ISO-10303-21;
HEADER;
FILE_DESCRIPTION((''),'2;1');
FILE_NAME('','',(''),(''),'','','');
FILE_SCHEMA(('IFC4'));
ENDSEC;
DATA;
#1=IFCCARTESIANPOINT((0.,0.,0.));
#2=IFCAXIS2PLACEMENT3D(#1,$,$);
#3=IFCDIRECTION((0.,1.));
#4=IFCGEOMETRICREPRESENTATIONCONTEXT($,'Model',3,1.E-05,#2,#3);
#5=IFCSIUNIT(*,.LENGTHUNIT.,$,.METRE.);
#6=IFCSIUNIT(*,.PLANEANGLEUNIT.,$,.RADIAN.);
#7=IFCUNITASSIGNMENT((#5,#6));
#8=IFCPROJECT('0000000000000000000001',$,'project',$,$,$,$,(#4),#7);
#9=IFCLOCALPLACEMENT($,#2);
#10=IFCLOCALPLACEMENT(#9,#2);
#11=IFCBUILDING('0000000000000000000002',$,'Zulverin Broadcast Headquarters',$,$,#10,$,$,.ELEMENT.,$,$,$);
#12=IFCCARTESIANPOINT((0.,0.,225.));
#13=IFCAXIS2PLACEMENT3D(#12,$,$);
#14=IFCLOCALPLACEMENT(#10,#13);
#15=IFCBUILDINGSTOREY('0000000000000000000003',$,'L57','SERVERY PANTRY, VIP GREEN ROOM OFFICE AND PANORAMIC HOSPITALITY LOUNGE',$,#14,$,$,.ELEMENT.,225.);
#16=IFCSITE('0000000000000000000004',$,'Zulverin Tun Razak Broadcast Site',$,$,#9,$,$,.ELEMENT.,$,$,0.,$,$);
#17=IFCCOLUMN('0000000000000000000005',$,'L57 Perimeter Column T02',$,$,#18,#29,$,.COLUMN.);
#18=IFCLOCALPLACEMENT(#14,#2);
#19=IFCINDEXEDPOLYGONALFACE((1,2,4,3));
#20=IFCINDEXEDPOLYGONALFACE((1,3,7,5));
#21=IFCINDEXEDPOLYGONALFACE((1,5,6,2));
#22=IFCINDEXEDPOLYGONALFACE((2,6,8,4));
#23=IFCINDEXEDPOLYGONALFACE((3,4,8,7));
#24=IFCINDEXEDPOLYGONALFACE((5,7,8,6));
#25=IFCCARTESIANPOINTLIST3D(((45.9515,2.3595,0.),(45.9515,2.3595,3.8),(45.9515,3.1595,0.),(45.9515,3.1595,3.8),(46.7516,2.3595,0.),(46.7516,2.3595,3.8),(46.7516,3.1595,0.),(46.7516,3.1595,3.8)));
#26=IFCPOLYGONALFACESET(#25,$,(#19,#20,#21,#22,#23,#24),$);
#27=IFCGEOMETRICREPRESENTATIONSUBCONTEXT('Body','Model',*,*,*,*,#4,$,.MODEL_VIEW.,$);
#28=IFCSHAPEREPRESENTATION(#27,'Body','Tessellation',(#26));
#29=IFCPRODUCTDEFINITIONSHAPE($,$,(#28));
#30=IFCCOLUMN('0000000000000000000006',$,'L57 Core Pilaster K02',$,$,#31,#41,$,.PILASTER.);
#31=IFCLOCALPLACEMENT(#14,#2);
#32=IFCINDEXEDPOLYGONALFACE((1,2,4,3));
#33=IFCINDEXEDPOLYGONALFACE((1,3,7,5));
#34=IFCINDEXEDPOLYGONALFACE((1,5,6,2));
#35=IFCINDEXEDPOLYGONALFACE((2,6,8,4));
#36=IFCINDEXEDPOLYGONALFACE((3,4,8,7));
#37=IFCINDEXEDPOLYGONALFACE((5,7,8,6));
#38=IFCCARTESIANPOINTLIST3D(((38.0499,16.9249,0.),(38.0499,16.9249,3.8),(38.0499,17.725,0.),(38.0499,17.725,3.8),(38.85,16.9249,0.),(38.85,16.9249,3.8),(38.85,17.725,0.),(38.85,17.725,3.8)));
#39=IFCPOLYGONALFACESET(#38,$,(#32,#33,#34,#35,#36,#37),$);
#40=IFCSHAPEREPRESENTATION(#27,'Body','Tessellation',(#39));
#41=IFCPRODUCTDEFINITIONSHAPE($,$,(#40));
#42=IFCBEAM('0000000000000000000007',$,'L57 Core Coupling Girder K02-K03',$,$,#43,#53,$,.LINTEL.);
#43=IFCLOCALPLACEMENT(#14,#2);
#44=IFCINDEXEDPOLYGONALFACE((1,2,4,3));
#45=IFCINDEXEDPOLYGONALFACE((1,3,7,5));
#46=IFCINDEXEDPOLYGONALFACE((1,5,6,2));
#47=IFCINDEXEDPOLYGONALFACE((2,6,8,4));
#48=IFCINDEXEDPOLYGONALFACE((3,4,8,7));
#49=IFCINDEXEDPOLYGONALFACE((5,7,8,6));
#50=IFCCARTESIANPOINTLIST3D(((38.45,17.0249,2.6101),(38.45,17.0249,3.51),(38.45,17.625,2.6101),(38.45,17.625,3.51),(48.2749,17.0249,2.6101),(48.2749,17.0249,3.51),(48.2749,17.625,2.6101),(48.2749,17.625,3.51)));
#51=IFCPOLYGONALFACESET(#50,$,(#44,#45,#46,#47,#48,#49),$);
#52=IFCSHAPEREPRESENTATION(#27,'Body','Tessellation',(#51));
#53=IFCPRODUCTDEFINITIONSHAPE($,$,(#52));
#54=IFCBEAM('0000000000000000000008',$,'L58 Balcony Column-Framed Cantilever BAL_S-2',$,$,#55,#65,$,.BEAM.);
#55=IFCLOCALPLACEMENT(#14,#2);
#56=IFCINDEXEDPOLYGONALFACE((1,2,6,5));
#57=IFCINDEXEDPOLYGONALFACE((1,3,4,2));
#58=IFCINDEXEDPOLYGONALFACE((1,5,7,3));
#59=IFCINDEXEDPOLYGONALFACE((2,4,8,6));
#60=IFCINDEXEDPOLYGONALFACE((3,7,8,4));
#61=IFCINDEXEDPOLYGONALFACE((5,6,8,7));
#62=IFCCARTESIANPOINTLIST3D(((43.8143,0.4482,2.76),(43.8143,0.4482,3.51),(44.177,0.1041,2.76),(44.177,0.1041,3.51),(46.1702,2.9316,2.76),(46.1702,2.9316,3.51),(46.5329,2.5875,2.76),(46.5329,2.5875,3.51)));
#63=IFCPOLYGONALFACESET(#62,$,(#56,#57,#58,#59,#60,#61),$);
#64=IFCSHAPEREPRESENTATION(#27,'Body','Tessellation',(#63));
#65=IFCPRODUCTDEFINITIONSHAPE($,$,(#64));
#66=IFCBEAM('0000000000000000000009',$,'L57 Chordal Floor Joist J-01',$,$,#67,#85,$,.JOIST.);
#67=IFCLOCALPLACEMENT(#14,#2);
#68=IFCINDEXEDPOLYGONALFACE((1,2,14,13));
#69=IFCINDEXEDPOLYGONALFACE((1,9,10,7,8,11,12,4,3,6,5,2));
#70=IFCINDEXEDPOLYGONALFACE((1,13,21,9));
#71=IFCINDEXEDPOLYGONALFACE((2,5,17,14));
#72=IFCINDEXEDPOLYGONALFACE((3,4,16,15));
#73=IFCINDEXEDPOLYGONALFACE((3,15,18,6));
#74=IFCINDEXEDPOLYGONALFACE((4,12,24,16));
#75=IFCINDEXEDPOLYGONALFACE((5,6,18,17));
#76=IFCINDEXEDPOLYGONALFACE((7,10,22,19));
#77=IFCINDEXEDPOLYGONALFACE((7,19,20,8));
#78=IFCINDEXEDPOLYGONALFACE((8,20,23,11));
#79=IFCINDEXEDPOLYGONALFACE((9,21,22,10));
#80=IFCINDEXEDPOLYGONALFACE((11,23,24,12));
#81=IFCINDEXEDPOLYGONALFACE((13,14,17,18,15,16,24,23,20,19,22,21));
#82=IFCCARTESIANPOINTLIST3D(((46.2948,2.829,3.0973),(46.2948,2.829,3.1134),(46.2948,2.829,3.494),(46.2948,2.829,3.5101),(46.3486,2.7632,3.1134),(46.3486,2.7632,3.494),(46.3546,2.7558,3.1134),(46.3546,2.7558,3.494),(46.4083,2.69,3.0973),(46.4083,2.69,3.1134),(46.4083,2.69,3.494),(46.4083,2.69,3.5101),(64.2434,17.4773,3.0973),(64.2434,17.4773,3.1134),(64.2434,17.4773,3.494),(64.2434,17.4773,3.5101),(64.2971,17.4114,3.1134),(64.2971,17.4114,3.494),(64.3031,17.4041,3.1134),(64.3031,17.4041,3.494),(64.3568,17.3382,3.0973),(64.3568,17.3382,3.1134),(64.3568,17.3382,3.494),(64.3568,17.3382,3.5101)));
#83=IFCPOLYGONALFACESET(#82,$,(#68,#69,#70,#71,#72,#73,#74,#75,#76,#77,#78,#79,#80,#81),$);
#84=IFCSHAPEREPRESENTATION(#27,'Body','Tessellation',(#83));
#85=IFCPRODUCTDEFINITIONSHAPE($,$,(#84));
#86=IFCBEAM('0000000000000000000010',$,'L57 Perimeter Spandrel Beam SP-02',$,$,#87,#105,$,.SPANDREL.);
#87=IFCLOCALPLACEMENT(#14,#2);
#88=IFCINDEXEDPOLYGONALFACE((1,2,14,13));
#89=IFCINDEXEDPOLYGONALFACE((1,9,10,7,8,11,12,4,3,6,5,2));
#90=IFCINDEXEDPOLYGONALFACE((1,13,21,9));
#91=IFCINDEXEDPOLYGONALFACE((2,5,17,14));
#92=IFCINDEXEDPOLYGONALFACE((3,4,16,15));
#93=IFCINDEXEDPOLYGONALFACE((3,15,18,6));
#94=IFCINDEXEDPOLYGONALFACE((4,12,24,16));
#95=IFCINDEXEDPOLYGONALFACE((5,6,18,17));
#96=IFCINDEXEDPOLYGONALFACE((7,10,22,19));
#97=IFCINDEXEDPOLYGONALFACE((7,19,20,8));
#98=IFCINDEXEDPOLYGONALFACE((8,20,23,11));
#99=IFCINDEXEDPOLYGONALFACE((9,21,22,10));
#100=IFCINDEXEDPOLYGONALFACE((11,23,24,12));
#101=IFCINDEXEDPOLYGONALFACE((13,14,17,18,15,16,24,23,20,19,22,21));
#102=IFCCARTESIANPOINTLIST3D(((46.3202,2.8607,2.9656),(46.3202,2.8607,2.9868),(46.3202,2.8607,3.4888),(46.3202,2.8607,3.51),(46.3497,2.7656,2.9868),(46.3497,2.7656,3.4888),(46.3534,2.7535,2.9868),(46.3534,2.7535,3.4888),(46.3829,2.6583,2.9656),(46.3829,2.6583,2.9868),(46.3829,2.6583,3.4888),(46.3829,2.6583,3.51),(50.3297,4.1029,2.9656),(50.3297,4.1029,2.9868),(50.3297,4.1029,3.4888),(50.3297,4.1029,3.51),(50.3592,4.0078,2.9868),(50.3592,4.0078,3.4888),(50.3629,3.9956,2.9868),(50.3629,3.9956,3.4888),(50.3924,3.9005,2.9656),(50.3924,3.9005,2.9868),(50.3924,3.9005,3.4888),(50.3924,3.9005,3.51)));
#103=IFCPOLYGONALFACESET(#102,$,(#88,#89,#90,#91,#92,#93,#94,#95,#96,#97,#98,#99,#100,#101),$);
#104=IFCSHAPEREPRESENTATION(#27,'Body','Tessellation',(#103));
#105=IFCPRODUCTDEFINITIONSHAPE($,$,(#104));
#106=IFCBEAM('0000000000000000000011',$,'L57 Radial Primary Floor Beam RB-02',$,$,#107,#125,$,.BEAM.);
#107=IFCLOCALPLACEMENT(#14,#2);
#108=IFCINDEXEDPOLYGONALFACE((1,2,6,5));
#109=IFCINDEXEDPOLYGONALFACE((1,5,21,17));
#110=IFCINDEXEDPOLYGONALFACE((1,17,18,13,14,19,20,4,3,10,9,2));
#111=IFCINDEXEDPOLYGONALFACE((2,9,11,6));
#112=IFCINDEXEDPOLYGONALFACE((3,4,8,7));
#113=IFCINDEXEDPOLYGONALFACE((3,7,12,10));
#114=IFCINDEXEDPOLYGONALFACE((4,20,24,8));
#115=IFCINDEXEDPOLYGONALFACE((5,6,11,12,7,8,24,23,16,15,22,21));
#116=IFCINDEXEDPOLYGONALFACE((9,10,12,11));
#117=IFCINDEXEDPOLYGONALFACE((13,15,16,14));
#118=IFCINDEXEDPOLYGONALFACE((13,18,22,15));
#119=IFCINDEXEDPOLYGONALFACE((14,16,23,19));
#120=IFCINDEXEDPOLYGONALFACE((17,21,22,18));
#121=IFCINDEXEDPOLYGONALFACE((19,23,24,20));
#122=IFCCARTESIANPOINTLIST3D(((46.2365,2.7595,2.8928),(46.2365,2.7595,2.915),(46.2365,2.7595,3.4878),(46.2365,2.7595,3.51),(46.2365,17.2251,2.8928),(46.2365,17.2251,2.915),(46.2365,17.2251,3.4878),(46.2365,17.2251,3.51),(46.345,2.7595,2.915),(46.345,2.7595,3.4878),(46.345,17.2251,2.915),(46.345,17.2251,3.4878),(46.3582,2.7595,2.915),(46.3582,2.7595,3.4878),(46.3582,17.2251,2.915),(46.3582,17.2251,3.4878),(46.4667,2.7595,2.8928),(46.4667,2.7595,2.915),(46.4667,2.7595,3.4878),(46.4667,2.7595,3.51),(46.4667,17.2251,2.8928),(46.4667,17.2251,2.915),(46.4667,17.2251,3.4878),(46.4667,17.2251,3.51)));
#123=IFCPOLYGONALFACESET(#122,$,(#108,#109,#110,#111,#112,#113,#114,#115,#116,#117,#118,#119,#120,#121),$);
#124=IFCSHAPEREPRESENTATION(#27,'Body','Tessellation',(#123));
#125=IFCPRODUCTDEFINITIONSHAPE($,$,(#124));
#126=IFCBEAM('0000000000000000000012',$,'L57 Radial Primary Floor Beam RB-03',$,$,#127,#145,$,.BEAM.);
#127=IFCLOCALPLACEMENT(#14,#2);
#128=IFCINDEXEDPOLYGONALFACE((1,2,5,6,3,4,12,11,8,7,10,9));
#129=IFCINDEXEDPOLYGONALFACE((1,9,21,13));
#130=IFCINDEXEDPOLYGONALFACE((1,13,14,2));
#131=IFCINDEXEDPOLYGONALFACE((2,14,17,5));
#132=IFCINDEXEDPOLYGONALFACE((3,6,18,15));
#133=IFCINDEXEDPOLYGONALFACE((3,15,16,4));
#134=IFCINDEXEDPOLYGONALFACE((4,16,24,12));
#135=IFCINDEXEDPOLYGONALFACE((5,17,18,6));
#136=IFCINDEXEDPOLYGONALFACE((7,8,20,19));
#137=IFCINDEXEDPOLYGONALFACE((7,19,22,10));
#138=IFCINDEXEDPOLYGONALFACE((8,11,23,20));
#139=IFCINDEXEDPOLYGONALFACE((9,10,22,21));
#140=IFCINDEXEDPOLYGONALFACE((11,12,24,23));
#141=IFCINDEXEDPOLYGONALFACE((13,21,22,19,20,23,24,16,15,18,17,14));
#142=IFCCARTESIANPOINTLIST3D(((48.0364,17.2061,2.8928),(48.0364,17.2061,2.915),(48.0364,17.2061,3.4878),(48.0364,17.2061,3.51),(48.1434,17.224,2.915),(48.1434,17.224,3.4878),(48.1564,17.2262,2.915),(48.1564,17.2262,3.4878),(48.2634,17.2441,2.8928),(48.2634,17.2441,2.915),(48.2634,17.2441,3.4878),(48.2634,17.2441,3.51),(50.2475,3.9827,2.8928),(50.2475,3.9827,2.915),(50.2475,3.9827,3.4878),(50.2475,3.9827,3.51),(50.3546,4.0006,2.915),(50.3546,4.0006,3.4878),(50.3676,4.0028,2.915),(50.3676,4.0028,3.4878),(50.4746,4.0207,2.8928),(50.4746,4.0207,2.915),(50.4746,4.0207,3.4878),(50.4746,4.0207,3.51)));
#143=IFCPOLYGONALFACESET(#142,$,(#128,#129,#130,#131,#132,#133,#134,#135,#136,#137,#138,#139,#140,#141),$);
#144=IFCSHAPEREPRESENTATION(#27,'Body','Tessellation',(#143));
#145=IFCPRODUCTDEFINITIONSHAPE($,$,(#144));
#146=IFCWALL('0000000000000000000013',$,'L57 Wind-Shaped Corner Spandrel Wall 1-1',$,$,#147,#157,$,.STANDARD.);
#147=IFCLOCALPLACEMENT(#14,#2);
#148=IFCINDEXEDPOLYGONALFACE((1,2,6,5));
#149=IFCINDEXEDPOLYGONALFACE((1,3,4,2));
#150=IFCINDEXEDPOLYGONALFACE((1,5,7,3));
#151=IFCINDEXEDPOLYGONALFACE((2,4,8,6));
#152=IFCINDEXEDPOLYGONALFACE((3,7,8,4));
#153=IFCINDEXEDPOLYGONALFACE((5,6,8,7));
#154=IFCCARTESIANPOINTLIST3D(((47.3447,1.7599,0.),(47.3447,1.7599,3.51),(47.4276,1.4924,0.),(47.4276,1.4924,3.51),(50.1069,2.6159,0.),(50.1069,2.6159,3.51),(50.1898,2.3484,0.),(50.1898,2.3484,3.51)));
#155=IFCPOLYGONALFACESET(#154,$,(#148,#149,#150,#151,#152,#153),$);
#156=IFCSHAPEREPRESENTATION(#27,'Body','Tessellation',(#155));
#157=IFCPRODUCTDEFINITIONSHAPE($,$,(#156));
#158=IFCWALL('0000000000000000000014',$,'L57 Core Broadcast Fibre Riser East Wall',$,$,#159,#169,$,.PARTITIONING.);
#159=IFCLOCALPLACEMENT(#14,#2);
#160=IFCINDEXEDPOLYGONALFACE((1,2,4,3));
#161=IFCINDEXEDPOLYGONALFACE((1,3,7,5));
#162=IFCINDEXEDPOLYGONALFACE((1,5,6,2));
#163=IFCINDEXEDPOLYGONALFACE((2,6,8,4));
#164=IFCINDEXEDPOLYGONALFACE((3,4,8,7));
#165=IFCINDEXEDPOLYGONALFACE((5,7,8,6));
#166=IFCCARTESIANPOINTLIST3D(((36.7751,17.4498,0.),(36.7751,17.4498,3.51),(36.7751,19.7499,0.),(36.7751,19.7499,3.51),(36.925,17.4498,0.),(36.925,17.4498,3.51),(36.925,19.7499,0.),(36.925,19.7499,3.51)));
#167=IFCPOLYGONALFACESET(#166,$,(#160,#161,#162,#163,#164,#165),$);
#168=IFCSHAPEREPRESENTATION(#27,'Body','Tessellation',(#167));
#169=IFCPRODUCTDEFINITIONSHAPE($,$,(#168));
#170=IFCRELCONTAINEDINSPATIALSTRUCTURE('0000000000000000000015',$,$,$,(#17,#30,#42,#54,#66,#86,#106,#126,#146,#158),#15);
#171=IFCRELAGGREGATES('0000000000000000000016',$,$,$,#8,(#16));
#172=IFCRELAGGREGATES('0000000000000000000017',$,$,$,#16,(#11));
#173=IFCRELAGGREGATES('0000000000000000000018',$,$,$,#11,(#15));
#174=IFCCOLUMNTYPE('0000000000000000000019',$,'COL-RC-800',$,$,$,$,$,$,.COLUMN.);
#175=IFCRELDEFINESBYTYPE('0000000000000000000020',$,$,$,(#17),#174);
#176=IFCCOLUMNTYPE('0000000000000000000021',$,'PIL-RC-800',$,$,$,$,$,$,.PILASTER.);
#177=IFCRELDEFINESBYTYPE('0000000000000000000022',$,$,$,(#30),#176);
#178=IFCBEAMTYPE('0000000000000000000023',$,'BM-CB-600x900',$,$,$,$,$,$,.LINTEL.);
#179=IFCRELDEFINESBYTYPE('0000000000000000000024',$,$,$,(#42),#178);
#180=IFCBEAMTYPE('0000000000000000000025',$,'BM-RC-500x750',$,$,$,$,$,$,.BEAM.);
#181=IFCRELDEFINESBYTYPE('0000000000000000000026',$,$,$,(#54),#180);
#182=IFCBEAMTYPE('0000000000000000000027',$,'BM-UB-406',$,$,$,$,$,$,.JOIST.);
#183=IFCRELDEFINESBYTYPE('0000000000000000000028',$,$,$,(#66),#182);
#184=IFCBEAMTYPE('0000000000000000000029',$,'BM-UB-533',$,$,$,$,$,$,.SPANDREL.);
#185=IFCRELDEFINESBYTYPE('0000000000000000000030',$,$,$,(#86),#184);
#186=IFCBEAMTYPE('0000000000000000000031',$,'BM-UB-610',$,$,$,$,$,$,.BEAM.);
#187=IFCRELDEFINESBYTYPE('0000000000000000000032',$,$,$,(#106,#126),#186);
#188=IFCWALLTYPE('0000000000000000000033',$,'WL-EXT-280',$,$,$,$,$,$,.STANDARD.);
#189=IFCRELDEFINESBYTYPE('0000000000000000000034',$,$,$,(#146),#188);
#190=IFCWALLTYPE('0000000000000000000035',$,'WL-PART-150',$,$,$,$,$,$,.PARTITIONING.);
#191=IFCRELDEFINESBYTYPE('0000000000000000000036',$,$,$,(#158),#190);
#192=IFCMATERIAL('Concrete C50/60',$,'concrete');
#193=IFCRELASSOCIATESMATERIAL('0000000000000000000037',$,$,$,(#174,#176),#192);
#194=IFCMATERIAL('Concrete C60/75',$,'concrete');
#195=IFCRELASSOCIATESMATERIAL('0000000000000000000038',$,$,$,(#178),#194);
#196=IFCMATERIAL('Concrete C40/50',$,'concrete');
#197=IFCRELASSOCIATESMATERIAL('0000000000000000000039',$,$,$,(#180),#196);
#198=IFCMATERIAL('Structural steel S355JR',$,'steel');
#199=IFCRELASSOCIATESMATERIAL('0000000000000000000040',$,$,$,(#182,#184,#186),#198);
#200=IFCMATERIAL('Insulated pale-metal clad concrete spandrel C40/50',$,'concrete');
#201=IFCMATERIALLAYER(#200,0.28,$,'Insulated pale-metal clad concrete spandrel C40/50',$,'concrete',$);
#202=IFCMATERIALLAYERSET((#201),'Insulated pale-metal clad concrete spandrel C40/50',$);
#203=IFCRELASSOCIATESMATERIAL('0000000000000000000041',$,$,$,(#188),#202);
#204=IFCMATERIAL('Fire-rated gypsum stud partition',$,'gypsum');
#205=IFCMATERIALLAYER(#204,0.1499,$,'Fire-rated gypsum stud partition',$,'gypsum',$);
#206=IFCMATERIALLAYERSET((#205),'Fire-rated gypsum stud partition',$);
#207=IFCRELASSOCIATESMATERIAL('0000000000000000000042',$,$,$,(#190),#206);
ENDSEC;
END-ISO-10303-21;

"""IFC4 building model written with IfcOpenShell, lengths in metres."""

from ifc_helpers import new_model, si_unit, direction, frame, frame_2d, origin, origin_2d, place, context, subcontext, project, spatial, rectangle, i_section, extrude, material, layer, layer_set, material_profile, profile_set, type_object, element, save


model = new_model("IFC4")

# Units and contexts
model_context = context("Model", 3, precision=1e-05, world=origin(), true_north=direction((0.0, 1.0)))
body_context = subcontext(model_context, "Body", "Model", "MODEL_VIEW")
ifc_project = project(units=[si_unit("LENGTHUNIT", "METRE"), si_unit("PLANEANGLEUNIT", "RADIAN")], contexts=[model_context])

# Site, building, storey
site_placement = place(None, origin())
site = spatial("IfcSite", under=ifc_project, at=site_placement, Name="Zulverin Tun Razak Broadcast Site", CompositionType="ELEMENT", RefElevation=0.0)
building_placement = place(site_placement, origin())
building = spatial("IfcBuilding", under=site, at=building_placement, Name="Zulverin Broadcast Headquarters", CompositionType="ELEMENT")
storey_placement = place(building_placement, frame((0.0, 0.0, 225.0)))
storey = spatial("IfcBuildingStorey", under=building, at=storey_placement, Name="L57", Description="SERVERY PANTRY, VIP GREEN ROOM OFFICE AND PANORAMIC HOSPITALITY LOUNGE", CompositionType="ELEMENT", Elevation=225.0)

# Columns
ifc_material_1 = material(Name="Concrete C50/60", Category="concrete")
ifc_material_profile_1 = material_profile(ifc_material_1, rectangle(XDim=0.8, YDim=0.8, at=origin_2d()), Name="Concrete C50/60", Category="concrete")
ifc_profile_set_1 = profile_set([ifc_material_profile_1], Name="Concrete C50/60")
column_type_1 = type_object("IfcColumnType", Name="COL-RC-800", PredefinedType="COLUMN", material=ifc_profile_set_1)
column_1_placement = place(storey_placement, frame((46.3516, 2.7595, 0.0), z_axis=(0.0, 0.0, 1.0), x_axis=(1.0, 0.0, 0.0)))
element("IfcColumn", 1, at=column_1_placement, inside=storey, type_object=column_type_1, Name="L57 Perimeter Column T02", PredefinedType="COLUMN", context=body_context, shape_type="SweptSolid", body=[
    extrude(rectangle(XDim=0.8, YDim=0.8, at=origin_2d()), origin(), (0.0, 0.0, 1.0), 3.8),
])
ifc_material_profile_2 = material_profile(ifc_material_1, rectangle(XDim=0.8, YDim=0.8, at=origin_2d()), Name="Concrete C50/60", Category="concrete")
ifc_profile_set_2 = profile_set([ifc_material_profile_2], Name="Concrete C50/60")
column_type_2 = type_object("IfcColumnType", Name="PIL-RC-800", PredefinedType="PILASTER", material=ifc_profile_set_2)
column_2_placement = place(storey_placement, frame((38.45, 17.325, 0.0), z_axis=(0.0, 0.0, 1.0), x_axis=(1.0, 0.0, 0.0)))
element("IfcColumn", 2, at=column_2_placement, inside=storey, type_object=column_type_2, Name="L57 Core Pilaster K02", PredefinedType="PILASTER", context=body_context, shape_type="SweptSolid", body=[
    extrude(rectangle(XDim=0.8, YDim=0.8, at=origin_2d()), origin(), (0.0, 0.0, 1.0), 3.8),
])

# Beams
ifc_material_2 = material(Name="Concrete C60/75", Category="concrete")
ifc_material_profile_3 = material_profile(ifc_material_2, rectangle(XDim=0.6001, YDim=0.8999, at=origin_2d()), Name="Concrete C60/75", Category="concrete")
ifc_profile_set_3 = profile_set([ifc_material_profile_3], Name="Concrete C60/75")
beam_type_1 = type_object("IfcBeamType", Name="BM-CB-600x900", PredefinedType="LINTEL", material=ifc_profile_set_3)
beam_1_placement = place(storey_placement, frame((38.45, 17.325, 3.0601), z_axis=(1.0, 0.0, 0.0), x_axis=(0.0, 1.0, 0.0)))
element("IfcBeam", 3, at=beam_1_placement, inside=storey, type_object=beam_type_1, Name="L57 Core Coupling Girder K02-K03", PredefinedType="LINTEL", context=body_context, shape_type="SweptSolid", body=[
    extrude(rectangle(XDim=0.6001, YDim=0.8999, at=origin_2d()), origin(), (0.0, 0.0, 1.0), 9.825),
])
ifc_material_3 = material(Name="Concrete C40/50", Category="concrete")
ifc_material_profile_4 = material_profile(ifc_material_3, rectangle(XDim=0.5, YDim=0.75, at=origin_2d()), Name="Concrete C40/50", Category="concrete")
ifc_profile_set_4 = profile_set([ifc_material_profile_4], Name="Concrete C40/50")
beam_type_2 = type_object("IfcBeamType", Name="BM-RC-500x750", PredefinedType="BEAM", material=ifc_profile_set_4)
beam_2_placement = place(storey_placement, frame((46.3516, 2.7595, 3.135), z_axis=(-0.688247, -0.725476, 0.0), x_axis=(0.725476, -0.688247, 0.0)))
element("IfcBeam", 4, at=beam_2_placement, inside=storey, type_object=beam_type_2, Name="L58 Balcony Column-Framed Cantilever BAL_S-2", PredefinedType="BEAM", context=body_context, shape_type="SweptSolid", body=[
    extrude(rectangle(XDim=0.5, YDim=0.75, at=origin_2d()), origin(), (0.0, 0.0, 1.0), 3.4231),
])
ifc_material_4 = material(Name="Structural steel S355JR", Category="steel")
ifc_material_profile_5 = material_profile(ifc_material_4, i_section(OverallWidth=0.1794, OverallDepth=0.4128, WebThickness=0.0095, FlangeThickness=0.0161, at=origin_2d()), Name="Structural steel S355JR", Category="steel")
ifc_profile_set_5 = profile_set([ifc_material_profile_5], Name="Structural steel S355JR")
beam_type_3 = type_object("IfcBeamType", Name="BM-UB-406", PredefinedType="JOIST", material=ifc_profile_set_5)
beam_3_placement = place(storey_placement, frame((46.3516, 2.7595, 3.3037), z_axis=(0.774738, 0.632282, 0.0), x_axis=(-0.632282, 0.774738, 0.0)))
element("IfcBeam", 5, at=beam_3_placement, inside=storey, type_object=beam_type_3, Name="L57 Chordal Floor Joist J-01", PredefinedType="JOIST", context=body_context, shape_type="SweptSolid", body=[
    extrude(i_section(OverallWidth=0.1794, OverallDepth=0.4128, WebThickness=0.0095, FlangeThickness=0.0161, at=origin_2d()), origin(), (0.0, 0.0, 1.0), 23.1672),
])
ifc_material_profile_6 = material_profile(ifc_material_4, i_section(OverallWidth=0.2119, OverallDepth=0.5444, WebThickness=0.0127, FlangeThickness=0.0212, at=origin_2d()), Name="Structural steel S355JR", Category="steel")
ifc_profile_set_6 = profile_set([ifc_material_profile_6], Name="Structural steel S355JR")
beam_type_4 = type_object("IfcBeamType", Name="BM-UB-533", PredefinedType="SPANDREL", material=ifc_profile_set_6)
beam_4_placement = place(storey_placement, frame((46.3516, 2.7595, 3.2378), z_axis=(0.955209, 0.295933, 0.0), x_axis=(-0.295933, 0.955209, 0.0)))
element("IfcBeam", 6, at=beam_4_placement, inside=storey, type_object=beam_type_4, Name="L57 Perimeter Spandrel Beam SP-02", PredefinedType="SPANDREL", context=body_context, shape_type="SweptSolid", body=[
    extrude(i_section(OverallWidth=0.2119, OverallDepth=0.5444, WebThickness=0.0127, FlangeThickness=0.0212, at=origin_2d()), origin(), (0.0, 0.0, 1.0), 4.1975),
])
ifc_material_profile_7 = material_profile(ifc_material_4, i_section(OverallWidth=0.2302, OverallDepth=0.6172, WebThickness=0.0132, FlangeThickness=0.0222, at=origin_2d()), Name="Structural steel S355JR", Category="steel")
ifc_profile_set_7 = profile_set([ifc_material_profile_7], Name="Structural steel S355JR")
beam_type_5 = type_object("IfcBeamType", Name="BM-UB-610", PredefinedType="BEAM", material=ifc_profile_set_7)
beam_5_placement = place(storey_placement, frame((46.3516, 17.2251, 3.2014), z_axis=(0.0, -1.0, 0.0), x_axis=(1.0, 0.0, 0.0)))
element("IfcBeam", 7, at=beam_5_placement, inside=storey, type_object=beam_type_5, Name="L57 Radial Primary Floor Beam RB-02", PredefinedType="BEAM", context=body_context, shape_type="SweptSolid", body=[
    extrude(i_section(OverallWidth=0.2302, OverallDepth=0.6172, WebThickness=0.0132, FlangeThickness=0.0222, at=origin_2d()), origin(), (0.0, 0.0, 1.0), 14.4656),
])
beam_6_placement = place(storey_placement, frame((48.1499, 17.2251, 3.2014), z_axis=(0.164928, -0.986306, 0.0), x_axis=(0.986306, 0.164928, 0.0)))
element("IfcBeam", 8, at=beam_6_placement, inside=storey, type_object=beam_type_5, Name="L57 Radial Primary Floor Beam RB-03", PredefinedType="BEAM", context=body_context, shape_type="SweptSolid", body=[
    extrude(i_section(OverallWidth=0.2302, OverallDepth=0.6172, WebThickness=0.0132, FlangeThickness=0.0222, at=origin_2d()), origin(), (0.0, 0.0, 1.0), 13.407),
])

# Walls
ifc_material_5 = material(Name="Insulated pale-metal clad concrete spandrel C40/50", Category="concrete")
ifc_layer_1 = layer(ifc_material_5, 0.28, Name="Insulated pale-metal clad concrete spandrel C40/50", Category="concrete")
ifc_layer_set_1 = layer_set([ifc_layer_1], Name="Insulated pale-metal clad concrete spandrel C40/50")
wall_type_1 = type_object("IfcWallType", Name="WL-EXT-280", PredefinedType="STANDARD", material=ifc_layer_set_1)
wall_1_placement = place(storey_placement, frame((47.3862, 1.6262, 0.0), z_axis=(0.0, 0.0, 1.0), x_axis=(0.955189, 0.295996, 0.0)))
element("IfcWall", 9, at=wall_1_placement, inside=storey, type_object=wall_type_1, Name="L57 Wind-Shaped Corner Spandrel Wall 1-1", PredefinedType="STANDARD", context=body_context, shape_type="SweptSolid", body=[
    extrude(rectangle(XDim=2.8918, YDim=0.28, at=frame_2d((1.4458, 0.0))), origin(), (0.0, 0.0, 1.0), 3.51),
])
ifc_material_6 = material(Name="Fire-rated gypsum stud partition", Category="gypsum")
ifc_layer_2 = layer(ifc_material_6, 0.1499, Name="Fire-rated gypsum stud partition", Category="gypsum")
ifc_layer_set_2 = layer_set([ifc_layer_2], Name="Fire-rated gypsum stud partition")
wall_type_2 = type_object("IfcWallType", Name="WL-PART-150", PredefinedType="PARTITIONING", material=ifc_layer_set_2)
wall_2_placement = place(storey_placement, frame((36.8501, 17.45, 0.0), z_axis=(0.0, 0.0, 1.0), x_axis=(0.0, 1.0, 0.0)))
element("IfcWall", 10, at=wall_2_placement, inside=storey, type_object=wall_type_2, Name="L57 Core Broadcast Fibre Riser East Wall", PredefinedType="PARTITIONING", context=body_context, shape_type="SweptSolid", body=[
    extrude(rectangle(XDim=2.3, YDim=0.1499, at=frame_2d((1.1499, 0.0))), origin(), (0.0, 0.0, 1.0), 3.51),
])

save(model, "model.ifc")
